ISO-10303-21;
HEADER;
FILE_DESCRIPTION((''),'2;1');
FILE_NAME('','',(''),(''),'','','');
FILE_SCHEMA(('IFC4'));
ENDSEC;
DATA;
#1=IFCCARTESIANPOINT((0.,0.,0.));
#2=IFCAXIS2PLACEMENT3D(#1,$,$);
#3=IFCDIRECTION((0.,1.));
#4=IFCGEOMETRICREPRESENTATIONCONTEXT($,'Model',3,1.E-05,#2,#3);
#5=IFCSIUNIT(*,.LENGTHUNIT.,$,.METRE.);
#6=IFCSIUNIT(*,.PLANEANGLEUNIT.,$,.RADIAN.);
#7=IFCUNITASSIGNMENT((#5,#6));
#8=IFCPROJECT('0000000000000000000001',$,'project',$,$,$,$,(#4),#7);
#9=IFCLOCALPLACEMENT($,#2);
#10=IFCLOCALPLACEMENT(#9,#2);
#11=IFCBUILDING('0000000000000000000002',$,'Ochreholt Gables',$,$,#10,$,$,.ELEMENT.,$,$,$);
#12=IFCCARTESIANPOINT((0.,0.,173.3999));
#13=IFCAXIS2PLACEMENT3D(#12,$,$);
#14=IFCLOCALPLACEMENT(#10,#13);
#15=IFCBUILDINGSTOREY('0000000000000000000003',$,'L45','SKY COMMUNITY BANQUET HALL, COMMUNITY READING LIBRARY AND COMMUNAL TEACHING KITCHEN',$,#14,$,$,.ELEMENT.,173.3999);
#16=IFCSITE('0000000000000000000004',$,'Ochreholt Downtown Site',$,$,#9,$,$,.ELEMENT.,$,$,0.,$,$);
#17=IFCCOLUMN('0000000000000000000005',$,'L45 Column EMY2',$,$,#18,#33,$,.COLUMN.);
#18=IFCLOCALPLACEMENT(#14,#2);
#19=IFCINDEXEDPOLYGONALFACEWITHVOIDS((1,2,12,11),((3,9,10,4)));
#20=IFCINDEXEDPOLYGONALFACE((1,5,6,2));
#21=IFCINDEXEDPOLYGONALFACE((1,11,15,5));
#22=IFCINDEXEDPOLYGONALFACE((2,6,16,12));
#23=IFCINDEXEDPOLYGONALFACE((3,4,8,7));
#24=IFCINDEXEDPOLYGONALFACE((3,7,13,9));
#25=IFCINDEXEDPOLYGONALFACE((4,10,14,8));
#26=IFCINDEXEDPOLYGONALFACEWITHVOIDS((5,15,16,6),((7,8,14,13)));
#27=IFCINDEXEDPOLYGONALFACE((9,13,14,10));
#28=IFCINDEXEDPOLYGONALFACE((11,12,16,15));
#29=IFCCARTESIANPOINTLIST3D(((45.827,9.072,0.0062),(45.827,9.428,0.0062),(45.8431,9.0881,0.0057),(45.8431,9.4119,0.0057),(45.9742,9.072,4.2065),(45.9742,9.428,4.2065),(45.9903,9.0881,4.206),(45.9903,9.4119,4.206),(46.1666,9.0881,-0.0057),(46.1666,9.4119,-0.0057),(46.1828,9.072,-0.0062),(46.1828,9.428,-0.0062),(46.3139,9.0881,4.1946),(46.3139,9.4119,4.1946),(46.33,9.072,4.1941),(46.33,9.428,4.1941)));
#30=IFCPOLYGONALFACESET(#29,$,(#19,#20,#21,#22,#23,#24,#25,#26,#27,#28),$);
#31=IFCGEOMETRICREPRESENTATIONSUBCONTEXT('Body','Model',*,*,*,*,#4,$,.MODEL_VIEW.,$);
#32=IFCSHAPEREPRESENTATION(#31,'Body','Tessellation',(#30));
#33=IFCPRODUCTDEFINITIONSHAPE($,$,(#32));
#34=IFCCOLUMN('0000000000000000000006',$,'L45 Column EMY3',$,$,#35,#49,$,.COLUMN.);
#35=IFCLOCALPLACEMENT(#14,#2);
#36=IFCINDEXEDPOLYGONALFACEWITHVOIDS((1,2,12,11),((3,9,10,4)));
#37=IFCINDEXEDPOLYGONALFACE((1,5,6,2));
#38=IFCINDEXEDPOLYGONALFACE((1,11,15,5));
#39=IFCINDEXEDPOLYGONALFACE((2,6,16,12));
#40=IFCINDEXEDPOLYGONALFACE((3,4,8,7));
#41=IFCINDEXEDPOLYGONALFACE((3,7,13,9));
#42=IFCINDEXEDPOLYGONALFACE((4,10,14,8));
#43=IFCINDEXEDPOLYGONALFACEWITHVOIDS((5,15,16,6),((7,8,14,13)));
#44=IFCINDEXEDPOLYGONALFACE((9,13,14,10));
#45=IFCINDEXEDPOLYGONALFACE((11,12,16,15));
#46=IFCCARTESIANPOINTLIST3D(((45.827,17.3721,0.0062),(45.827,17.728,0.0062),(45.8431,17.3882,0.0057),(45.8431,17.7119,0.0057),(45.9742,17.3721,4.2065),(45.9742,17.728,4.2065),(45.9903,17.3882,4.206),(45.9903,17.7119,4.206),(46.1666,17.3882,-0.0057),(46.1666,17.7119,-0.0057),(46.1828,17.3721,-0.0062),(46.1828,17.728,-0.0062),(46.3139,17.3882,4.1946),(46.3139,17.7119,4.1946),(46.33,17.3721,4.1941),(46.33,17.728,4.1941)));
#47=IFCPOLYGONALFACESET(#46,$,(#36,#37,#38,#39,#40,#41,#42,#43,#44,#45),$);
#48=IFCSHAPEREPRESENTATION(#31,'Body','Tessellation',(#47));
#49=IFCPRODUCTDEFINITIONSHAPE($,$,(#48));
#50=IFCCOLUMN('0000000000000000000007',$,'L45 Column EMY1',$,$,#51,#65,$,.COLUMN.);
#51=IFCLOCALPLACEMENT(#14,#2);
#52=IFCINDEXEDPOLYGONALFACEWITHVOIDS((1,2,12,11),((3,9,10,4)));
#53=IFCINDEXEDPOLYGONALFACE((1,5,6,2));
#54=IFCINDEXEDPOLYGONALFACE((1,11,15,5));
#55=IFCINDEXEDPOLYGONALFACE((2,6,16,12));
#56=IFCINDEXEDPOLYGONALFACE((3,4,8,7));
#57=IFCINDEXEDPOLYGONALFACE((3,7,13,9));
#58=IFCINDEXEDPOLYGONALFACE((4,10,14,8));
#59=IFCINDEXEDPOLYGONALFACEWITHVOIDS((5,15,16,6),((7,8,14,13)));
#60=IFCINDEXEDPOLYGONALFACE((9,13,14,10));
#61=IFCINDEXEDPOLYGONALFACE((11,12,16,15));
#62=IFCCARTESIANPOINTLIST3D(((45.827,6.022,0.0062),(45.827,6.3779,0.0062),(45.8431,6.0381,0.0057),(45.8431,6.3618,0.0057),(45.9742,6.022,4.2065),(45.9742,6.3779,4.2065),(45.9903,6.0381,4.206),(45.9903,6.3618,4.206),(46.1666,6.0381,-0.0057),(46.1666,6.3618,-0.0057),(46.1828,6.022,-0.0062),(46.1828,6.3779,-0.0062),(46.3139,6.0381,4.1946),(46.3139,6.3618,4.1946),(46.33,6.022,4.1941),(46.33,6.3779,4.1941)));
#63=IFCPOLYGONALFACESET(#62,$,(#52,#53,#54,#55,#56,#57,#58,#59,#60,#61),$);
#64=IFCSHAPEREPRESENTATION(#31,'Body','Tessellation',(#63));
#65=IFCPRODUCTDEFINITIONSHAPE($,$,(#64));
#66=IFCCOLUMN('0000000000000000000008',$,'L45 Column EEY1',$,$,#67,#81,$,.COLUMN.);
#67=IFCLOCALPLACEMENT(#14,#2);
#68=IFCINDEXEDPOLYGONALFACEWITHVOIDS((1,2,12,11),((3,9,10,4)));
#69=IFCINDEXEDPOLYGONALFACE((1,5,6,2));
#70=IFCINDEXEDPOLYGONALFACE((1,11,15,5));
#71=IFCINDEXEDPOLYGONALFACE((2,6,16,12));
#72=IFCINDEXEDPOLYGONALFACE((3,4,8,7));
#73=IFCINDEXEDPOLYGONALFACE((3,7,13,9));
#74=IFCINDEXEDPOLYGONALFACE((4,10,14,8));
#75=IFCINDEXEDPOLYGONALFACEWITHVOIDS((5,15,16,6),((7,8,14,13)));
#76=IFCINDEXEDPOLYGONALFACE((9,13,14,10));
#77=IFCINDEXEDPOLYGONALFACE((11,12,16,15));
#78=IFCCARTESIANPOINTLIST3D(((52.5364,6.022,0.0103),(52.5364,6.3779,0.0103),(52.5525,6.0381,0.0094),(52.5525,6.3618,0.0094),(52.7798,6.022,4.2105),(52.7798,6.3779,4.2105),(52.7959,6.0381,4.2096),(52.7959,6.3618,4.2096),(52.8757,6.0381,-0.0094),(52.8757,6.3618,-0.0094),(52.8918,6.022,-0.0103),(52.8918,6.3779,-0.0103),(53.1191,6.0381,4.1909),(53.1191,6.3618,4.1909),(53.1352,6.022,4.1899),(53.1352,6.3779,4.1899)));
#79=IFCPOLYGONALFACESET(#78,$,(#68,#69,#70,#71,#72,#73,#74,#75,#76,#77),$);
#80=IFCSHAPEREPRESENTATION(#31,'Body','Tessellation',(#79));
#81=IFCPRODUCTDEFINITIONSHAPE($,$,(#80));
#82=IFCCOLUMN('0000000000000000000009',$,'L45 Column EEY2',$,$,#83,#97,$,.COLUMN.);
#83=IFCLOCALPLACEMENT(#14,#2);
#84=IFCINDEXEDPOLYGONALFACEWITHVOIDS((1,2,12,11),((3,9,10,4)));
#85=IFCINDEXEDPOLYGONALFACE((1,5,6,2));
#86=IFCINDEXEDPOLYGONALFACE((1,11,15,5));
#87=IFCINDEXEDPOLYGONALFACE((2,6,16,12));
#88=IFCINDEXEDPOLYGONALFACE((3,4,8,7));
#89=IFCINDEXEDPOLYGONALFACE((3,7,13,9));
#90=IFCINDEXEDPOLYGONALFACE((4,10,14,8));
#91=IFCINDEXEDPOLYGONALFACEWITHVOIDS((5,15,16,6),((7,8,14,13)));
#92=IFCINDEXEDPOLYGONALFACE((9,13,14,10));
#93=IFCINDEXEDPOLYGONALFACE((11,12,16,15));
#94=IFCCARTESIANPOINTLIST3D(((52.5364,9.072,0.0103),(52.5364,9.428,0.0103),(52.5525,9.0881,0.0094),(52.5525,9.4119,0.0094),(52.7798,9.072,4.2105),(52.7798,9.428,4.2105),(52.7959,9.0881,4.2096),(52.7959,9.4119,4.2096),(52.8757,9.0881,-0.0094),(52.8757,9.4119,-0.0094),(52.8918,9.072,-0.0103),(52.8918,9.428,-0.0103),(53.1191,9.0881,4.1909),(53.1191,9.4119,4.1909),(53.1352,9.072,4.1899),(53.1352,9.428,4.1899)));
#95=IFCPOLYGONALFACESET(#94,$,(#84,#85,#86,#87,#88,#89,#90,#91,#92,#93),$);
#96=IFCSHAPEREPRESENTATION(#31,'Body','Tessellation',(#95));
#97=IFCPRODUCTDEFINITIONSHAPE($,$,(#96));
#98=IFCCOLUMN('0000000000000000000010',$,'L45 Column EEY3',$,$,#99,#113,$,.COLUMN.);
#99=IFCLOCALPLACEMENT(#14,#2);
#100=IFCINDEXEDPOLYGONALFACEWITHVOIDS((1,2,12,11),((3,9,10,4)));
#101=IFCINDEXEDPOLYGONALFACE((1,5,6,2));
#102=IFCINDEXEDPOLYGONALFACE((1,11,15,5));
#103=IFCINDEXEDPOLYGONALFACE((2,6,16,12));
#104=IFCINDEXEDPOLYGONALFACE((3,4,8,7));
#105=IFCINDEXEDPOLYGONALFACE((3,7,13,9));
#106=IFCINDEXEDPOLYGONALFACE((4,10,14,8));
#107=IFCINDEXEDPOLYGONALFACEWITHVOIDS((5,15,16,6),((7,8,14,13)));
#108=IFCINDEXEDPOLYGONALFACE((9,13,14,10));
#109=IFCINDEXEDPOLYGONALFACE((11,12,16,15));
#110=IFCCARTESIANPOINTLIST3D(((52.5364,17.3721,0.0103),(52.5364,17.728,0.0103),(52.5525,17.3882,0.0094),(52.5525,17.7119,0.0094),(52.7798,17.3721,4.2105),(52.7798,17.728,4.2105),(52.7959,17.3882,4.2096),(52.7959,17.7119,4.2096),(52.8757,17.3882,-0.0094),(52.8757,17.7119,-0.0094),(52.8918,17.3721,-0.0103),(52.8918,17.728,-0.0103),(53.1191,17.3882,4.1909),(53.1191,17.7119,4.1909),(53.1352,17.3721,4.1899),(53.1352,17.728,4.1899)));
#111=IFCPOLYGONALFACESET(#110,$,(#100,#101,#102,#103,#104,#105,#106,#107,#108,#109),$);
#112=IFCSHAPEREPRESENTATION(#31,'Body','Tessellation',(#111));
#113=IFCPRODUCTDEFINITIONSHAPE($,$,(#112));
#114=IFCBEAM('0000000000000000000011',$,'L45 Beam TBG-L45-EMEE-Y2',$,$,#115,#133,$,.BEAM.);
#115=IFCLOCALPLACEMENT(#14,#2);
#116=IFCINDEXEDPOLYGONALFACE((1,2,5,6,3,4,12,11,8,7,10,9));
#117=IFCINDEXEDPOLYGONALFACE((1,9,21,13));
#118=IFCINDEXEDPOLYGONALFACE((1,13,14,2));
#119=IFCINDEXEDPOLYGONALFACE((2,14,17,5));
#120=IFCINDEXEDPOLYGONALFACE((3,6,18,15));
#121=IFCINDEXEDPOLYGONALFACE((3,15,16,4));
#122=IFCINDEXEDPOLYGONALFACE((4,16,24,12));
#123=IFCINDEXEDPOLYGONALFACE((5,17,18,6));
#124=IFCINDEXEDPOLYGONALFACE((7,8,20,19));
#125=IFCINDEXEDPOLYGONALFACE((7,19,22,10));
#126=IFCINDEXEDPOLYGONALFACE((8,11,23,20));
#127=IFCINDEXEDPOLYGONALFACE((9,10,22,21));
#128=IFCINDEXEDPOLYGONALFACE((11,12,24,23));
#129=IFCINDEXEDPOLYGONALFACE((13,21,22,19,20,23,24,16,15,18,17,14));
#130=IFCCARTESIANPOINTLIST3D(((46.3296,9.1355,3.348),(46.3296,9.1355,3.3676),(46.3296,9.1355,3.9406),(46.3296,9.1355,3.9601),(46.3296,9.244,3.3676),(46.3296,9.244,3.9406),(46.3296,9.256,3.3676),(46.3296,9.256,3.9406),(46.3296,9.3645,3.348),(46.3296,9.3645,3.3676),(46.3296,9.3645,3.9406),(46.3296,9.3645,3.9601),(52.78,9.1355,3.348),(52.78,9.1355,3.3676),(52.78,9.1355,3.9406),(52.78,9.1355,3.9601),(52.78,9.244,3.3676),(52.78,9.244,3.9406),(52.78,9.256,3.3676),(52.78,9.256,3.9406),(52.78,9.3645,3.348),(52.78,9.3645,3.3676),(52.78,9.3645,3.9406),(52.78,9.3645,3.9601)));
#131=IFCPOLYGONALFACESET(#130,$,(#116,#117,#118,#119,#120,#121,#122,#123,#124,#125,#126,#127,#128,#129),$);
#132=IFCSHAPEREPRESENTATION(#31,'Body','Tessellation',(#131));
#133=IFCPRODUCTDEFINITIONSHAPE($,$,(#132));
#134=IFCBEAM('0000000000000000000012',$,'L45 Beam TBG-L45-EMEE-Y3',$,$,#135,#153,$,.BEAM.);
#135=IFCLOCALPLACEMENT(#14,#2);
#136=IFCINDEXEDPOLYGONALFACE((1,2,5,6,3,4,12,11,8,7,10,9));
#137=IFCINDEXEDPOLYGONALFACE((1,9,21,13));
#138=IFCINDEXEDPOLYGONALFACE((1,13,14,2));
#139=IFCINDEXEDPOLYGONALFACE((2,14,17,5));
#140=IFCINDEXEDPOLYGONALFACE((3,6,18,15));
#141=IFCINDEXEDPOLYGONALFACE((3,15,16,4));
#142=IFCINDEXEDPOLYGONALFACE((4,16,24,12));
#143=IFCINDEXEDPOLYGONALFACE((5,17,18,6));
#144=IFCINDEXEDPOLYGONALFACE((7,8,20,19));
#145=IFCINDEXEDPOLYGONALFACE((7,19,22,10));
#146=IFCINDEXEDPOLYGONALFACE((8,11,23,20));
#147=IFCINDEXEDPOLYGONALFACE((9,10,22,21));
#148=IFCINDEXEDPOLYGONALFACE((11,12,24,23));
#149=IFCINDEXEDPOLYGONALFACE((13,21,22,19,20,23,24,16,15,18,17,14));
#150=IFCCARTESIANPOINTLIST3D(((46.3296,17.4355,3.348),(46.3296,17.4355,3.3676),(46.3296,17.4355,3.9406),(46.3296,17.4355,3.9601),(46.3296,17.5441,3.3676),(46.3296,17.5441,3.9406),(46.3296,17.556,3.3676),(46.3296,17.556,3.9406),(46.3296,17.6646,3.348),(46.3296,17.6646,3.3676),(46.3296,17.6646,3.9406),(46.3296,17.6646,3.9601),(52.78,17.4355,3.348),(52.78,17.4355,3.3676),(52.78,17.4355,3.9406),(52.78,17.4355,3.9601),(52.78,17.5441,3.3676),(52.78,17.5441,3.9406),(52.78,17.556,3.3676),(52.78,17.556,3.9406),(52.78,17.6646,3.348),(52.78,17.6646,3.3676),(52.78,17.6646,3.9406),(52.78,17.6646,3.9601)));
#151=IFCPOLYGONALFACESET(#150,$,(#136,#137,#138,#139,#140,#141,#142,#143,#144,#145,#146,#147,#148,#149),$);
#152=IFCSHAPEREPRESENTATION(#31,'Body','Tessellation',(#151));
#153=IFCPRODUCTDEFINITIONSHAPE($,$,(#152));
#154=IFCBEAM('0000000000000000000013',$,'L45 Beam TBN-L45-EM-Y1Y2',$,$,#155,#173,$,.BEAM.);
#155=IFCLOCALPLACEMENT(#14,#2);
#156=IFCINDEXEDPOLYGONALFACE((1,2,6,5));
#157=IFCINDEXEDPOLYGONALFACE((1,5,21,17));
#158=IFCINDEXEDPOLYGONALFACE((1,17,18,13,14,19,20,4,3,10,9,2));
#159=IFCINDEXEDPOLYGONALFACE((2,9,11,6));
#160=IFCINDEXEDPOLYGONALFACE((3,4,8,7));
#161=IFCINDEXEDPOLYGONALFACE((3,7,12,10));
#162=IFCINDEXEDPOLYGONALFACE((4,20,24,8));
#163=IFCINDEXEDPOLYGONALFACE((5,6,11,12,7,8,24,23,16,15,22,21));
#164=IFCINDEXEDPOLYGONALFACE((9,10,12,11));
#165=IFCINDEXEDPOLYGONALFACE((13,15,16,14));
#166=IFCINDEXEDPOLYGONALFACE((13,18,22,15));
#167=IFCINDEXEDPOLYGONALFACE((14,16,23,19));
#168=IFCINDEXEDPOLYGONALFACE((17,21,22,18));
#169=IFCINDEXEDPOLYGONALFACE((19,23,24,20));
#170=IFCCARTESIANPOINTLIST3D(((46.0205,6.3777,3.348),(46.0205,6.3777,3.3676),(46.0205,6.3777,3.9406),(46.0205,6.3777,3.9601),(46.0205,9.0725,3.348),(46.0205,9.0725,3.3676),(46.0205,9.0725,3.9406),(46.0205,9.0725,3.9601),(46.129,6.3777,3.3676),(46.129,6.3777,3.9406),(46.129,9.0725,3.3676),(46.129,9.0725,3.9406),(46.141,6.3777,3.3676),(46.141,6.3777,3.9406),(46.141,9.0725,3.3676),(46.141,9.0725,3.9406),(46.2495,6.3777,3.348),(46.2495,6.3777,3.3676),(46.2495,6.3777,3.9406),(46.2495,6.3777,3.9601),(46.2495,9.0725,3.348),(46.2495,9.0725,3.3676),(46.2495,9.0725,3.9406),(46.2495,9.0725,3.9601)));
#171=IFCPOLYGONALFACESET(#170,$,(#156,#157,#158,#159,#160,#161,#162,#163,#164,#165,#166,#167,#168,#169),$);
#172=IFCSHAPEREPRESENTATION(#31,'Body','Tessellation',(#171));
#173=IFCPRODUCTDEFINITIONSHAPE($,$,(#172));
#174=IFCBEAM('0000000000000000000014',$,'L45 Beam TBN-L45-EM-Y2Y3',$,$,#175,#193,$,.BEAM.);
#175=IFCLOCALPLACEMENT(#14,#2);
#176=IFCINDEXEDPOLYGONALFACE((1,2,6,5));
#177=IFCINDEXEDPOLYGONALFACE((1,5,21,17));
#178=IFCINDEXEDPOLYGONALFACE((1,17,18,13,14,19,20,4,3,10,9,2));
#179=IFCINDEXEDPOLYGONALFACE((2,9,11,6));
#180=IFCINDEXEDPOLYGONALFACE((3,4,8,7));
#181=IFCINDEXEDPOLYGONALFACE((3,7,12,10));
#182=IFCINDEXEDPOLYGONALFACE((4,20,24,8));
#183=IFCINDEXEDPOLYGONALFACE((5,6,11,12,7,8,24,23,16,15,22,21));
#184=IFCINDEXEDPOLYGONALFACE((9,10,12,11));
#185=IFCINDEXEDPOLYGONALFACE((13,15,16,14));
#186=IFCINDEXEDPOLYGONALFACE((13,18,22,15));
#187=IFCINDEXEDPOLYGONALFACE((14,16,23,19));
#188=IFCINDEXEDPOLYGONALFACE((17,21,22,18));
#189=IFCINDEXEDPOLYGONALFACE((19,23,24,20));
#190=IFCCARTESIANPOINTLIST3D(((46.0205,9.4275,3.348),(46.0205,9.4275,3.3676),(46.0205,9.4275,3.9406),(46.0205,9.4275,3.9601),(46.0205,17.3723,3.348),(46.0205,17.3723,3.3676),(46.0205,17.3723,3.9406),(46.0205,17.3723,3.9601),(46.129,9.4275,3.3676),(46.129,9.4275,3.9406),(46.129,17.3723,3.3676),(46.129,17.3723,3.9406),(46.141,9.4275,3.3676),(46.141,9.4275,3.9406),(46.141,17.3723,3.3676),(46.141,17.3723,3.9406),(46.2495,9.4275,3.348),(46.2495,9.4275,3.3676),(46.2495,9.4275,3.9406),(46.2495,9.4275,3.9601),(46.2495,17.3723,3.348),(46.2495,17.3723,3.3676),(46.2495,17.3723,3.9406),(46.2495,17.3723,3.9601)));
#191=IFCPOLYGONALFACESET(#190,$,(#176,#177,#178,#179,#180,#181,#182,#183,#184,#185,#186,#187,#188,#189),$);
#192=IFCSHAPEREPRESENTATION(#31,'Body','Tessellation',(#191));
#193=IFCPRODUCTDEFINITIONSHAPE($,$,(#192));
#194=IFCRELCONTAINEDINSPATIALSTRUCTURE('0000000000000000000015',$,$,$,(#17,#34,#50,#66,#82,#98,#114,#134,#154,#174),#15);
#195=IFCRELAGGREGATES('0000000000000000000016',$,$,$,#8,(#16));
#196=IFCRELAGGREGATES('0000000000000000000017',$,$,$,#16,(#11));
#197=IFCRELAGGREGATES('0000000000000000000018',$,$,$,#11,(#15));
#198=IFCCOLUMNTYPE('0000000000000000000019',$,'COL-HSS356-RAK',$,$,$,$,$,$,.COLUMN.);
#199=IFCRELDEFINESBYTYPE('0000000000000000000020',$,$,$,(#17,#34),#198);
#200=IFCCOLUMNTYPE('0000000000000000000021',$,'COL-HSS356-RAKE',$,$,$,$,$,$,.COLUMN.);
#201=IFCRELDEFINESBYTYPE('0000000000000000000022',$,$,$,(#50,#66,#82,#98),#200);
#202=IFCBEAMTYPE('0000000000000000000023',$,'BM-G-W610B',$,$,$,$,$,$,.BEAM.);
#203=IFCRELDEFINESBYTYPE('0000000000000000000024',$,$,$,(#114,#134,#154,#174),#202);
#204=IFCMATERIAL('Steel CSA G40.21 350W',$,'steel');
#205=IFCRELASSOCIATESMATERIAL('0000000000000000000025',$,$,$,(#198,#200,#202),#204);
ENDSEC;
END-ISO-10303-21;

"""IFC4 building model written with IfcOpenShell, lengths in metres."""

from ifc_helpers import new_model, si_unit, direction, frame, origin, origin_2d, place, context, subcontext, project, spatial, hollow_rectangle, i_section, extrude, material, material_profile, profile_set, type_object, element, save


model = new_model("IFC4")

# Units and contexts
model_context = context("Model", 3, precision=1e-05, world=origin(), true_north=direction((0.0, 1.0)))
body_context = subcontext(model_context, "Body", "Model", "MODEL_VIEW")
ifc_project = project(units=[si_unit("LENGTHUNIT", "METRE"), si_unit("PLANEANGLEUNIT", "RADIAN")], contexts=[model_context])

# Site, building, storey
site_placement = place(None, origin())
site = spatial("IfcSite", under=ifc_project, at=site_placement, Name="Ochreholt Downtown Site", CompositionType="ELEMENT", RefElevation=0.0)
building_placement = place(site_placement, origin())
building = spatial("IfcBuilding", under=site, at=building_placement, Name="Ochreholt Gables", CompositionType="ELEMENT")
storey_placement = place(building_placement, frame((0.0, 0.0, 173.3999)))
storey = spatial("IfcBuildingStorey", under=building, at=storey_placement, Name="L45", Description="SKY COMMUNITY BANQUET HALL, COMMUNITY READING LIBRARY AND COMMUNAL TEACHING KITCHEN", CompositionType="ELEMENT", Elevation=173.3999)

# Columns
ifc_material_1 = material(Name="Steel CSA G40.21 350W", Category="steel")
ifc_material_profile_1 = material_profile(ifc_material_1, hollow_rectangle(XDim=0.356, YDim=0.356, WallThickness=0.0161, at=origin_2d()), Name="HSS356X356X16")
ifc_profile_set_1 = profile_set([ifc_material_profile_1], Name="Steel CSA G40.21 350W")
column_type_1 = type_object("IfcColumnType", Name="COL-HSS356-RAK", PredefinedType="COLUMN", material=ifc_profile_set_1)
for number, where, z_axis, x_axis, name in (
    (1, (46.0049, 9.25, 0.0), (0.035028, 0.0, 0.999386), (0.0, 1.0, 0.0), "L45 Column EMY2"),
    (2, (46.0049, 17.55, 0.0), (0.035028, 0.0, 0.999386), (0.0, 1.0, 0.0), "L45 Column EMY3"),
):
    element("IfcColumn", number, at=place(storey_placement, frame(where, z_axis=z_axis, x_axis=x_axis)), inside=storey, type_object=column_type_1, Name=name, PredefinedType="COLUMN", context=body_context, shape_type="SweptSolid", body=[
        extrude(hollow_rectangle(XDim=0.356, YDim=0.356, WallThickness=0.0161, at=origin_2d()), origin(), (0.0, 0.0, 1.0), 4.2029),
    ])
ifc_material_profile_2 = material_profile(ifc_material_1, hollow_rectangle(XDim=0.356, YDim=0.356, WallThickness=0.0161, at=origin_2d()), Name="HSS356X356X16")
ifc_profile_set_2 = profile_set([ifc_material_profile_2], Name="Steel CSA G40.21 350W")
column_type_2 = type_object("IfcColumnType", Name="COL-HSS356-RAKE", PredefinedType="COLUMN", material=ifc_profile_set_2)
column_placement = place(storey_placement, frame((46.0049, 6.2, 0.0), z_axis=(0.035028, 0.0, 0.999386), x_axis=(0.0, 1.0, 0.0)))
element("IfcColumn", 3, at=column_placement, inside=storey, type_object=column_type_2, Name="L45 Column EMY1", PredefinedType="COLUMN", context=body_context, shape_type="SweptSolid", body=[
    extrude(hollow_rectangle(XDim=0.356, YDim=0.356, WallThickness=0.0161, at=origin_2d()), origin(), (0.0, 0.0, 1.0), 4.2029),
])
for number, where, z_axis, x_axis, name in (
    (4, (52.7141, 6.2, 0.0), (0.057855, 0.0, 0.998325), (0.0, 1.0, 0.0), "L45 Column EEY1"),
    (5, (52.7141, 9.25, 0.0), (0.057855, 0.0, 0.998325), (0.0, 1.0, 0.0), "L45 Column EEY2"),
    (6, (52.7141, 17.55, 0.0), (0.057855, 0.0, 0.998325), (0.0, 1.0, 0.0), "L45 Column EEY3"),
):
    element("IfcColumn", number, at=place(storey_placement, frame(where, z_axis=z_axis, x_axis=x_axis)), inside=storey, type_object=column_type_2, Name=name, PredefinedType="COLUMN", context=body_context, shape_type="SweptSolid", body=[
        extrude(hollow_rectangle(XDim=0.356, YDim=0.356, WallThickness=0.0161, at=origin_2d()), origin(), (0.0, 0.0, 1.0), 4.2073),
    ])

# Beams
ifc_material_profile_3 = material_profile(ifc_material_1, i_section(OverallWidth=0.229, OverallDepth=0.6121, WebThickness=0.012, FlangeThickness=0.0195, at=origin_2d()), Name="W610X125")
ifc_profile_set_3 = profile_set([ifc_material_profile_3], Name="Steel CSA G40.21 350W")
beam_type_1 = type_object("IfcBeamType", Name="BM-G-W610B", PredefinedType="BEAM", material=ifc_profile_set_3)
for number, where, z_axis, x_axis, name in (
    (7, (46.3296, 9.25, 3.6541), (1.0, 0.0, 0.0), (0.0, 1.0, 0.0), "L45 Beam TBG-L45-EMEE-Y2"),
    (8, (46.3296, 17.55, 3.6541), (1.0, 0.0, 0.0), (0.0, 1.0, 0.0), "L45 Beam TBG-L45-EMEE-Y3"),
):
    element("IfcBeam", number, at=place(storey_placement, frame(where, z_axis=z_axis, x_axis=x_axis)), inside=storey, type_object=beam_type_1, Name=name, PredefinedType="BEAM", context=body_context, shape_type="SweptSolid", body=[
        extrude(i_section(OverallWidth=0.229, OverallDepth=0.6121, WebThickness=0.012, FlangeThickness=0.0195, at=origin_2d()), origin(), (0.0, 0.0, 1.0), 6.4504),
    ])
beam_1_placement = place(storey_placement, frame((46.135, 6.3777, 3.6541), z_axis=(0.0, 1.0, 0.0), x_axis=(-1.0, 0.0, 0.0)))
element("IfcBeam", 9, at=beam_1_placement, inside=storey, type_object=beam_type_1, Name="L45 Beam TBN-L45-EM-Y1Y2", PredefinedType="BEAM", context=body_context, shape_type="SweptSolid", body=[
    extrude(i_section(OverallWidth=0.229, OverallDepth=0.6121, WebThickness=0.012, FlangeThickness=0.0195, at=origin_2d()), origin(), (0.0, 0.0, 1.0), 2.6948),
])
beam_2_placement = place(storey_placement, frame((46.135, 9.4275, 3.6541), z_axis=(0.0, 1.0, 0.0), x_axis=(-1.0, 0.0, 0.0)))
element("IfcBeam", 10, at=beam_2_placement, inside=storey, type_object=beam_type_1, Name="L45 Beam TBN-L45-EM-Y2Y3", PredefinedType="BEAM", context=body_context, shape_type="SweptSolid", body=[
    extrude(i_section(OverallWidth=0.229, OverallDepth=0.6121, WebThickness=0.012, FlangeThickness=0.0195, at=origin_2d()), origin(), (0.0, 0.0, 1.0), 7.9448),
])

save(model, "model.ifc")
